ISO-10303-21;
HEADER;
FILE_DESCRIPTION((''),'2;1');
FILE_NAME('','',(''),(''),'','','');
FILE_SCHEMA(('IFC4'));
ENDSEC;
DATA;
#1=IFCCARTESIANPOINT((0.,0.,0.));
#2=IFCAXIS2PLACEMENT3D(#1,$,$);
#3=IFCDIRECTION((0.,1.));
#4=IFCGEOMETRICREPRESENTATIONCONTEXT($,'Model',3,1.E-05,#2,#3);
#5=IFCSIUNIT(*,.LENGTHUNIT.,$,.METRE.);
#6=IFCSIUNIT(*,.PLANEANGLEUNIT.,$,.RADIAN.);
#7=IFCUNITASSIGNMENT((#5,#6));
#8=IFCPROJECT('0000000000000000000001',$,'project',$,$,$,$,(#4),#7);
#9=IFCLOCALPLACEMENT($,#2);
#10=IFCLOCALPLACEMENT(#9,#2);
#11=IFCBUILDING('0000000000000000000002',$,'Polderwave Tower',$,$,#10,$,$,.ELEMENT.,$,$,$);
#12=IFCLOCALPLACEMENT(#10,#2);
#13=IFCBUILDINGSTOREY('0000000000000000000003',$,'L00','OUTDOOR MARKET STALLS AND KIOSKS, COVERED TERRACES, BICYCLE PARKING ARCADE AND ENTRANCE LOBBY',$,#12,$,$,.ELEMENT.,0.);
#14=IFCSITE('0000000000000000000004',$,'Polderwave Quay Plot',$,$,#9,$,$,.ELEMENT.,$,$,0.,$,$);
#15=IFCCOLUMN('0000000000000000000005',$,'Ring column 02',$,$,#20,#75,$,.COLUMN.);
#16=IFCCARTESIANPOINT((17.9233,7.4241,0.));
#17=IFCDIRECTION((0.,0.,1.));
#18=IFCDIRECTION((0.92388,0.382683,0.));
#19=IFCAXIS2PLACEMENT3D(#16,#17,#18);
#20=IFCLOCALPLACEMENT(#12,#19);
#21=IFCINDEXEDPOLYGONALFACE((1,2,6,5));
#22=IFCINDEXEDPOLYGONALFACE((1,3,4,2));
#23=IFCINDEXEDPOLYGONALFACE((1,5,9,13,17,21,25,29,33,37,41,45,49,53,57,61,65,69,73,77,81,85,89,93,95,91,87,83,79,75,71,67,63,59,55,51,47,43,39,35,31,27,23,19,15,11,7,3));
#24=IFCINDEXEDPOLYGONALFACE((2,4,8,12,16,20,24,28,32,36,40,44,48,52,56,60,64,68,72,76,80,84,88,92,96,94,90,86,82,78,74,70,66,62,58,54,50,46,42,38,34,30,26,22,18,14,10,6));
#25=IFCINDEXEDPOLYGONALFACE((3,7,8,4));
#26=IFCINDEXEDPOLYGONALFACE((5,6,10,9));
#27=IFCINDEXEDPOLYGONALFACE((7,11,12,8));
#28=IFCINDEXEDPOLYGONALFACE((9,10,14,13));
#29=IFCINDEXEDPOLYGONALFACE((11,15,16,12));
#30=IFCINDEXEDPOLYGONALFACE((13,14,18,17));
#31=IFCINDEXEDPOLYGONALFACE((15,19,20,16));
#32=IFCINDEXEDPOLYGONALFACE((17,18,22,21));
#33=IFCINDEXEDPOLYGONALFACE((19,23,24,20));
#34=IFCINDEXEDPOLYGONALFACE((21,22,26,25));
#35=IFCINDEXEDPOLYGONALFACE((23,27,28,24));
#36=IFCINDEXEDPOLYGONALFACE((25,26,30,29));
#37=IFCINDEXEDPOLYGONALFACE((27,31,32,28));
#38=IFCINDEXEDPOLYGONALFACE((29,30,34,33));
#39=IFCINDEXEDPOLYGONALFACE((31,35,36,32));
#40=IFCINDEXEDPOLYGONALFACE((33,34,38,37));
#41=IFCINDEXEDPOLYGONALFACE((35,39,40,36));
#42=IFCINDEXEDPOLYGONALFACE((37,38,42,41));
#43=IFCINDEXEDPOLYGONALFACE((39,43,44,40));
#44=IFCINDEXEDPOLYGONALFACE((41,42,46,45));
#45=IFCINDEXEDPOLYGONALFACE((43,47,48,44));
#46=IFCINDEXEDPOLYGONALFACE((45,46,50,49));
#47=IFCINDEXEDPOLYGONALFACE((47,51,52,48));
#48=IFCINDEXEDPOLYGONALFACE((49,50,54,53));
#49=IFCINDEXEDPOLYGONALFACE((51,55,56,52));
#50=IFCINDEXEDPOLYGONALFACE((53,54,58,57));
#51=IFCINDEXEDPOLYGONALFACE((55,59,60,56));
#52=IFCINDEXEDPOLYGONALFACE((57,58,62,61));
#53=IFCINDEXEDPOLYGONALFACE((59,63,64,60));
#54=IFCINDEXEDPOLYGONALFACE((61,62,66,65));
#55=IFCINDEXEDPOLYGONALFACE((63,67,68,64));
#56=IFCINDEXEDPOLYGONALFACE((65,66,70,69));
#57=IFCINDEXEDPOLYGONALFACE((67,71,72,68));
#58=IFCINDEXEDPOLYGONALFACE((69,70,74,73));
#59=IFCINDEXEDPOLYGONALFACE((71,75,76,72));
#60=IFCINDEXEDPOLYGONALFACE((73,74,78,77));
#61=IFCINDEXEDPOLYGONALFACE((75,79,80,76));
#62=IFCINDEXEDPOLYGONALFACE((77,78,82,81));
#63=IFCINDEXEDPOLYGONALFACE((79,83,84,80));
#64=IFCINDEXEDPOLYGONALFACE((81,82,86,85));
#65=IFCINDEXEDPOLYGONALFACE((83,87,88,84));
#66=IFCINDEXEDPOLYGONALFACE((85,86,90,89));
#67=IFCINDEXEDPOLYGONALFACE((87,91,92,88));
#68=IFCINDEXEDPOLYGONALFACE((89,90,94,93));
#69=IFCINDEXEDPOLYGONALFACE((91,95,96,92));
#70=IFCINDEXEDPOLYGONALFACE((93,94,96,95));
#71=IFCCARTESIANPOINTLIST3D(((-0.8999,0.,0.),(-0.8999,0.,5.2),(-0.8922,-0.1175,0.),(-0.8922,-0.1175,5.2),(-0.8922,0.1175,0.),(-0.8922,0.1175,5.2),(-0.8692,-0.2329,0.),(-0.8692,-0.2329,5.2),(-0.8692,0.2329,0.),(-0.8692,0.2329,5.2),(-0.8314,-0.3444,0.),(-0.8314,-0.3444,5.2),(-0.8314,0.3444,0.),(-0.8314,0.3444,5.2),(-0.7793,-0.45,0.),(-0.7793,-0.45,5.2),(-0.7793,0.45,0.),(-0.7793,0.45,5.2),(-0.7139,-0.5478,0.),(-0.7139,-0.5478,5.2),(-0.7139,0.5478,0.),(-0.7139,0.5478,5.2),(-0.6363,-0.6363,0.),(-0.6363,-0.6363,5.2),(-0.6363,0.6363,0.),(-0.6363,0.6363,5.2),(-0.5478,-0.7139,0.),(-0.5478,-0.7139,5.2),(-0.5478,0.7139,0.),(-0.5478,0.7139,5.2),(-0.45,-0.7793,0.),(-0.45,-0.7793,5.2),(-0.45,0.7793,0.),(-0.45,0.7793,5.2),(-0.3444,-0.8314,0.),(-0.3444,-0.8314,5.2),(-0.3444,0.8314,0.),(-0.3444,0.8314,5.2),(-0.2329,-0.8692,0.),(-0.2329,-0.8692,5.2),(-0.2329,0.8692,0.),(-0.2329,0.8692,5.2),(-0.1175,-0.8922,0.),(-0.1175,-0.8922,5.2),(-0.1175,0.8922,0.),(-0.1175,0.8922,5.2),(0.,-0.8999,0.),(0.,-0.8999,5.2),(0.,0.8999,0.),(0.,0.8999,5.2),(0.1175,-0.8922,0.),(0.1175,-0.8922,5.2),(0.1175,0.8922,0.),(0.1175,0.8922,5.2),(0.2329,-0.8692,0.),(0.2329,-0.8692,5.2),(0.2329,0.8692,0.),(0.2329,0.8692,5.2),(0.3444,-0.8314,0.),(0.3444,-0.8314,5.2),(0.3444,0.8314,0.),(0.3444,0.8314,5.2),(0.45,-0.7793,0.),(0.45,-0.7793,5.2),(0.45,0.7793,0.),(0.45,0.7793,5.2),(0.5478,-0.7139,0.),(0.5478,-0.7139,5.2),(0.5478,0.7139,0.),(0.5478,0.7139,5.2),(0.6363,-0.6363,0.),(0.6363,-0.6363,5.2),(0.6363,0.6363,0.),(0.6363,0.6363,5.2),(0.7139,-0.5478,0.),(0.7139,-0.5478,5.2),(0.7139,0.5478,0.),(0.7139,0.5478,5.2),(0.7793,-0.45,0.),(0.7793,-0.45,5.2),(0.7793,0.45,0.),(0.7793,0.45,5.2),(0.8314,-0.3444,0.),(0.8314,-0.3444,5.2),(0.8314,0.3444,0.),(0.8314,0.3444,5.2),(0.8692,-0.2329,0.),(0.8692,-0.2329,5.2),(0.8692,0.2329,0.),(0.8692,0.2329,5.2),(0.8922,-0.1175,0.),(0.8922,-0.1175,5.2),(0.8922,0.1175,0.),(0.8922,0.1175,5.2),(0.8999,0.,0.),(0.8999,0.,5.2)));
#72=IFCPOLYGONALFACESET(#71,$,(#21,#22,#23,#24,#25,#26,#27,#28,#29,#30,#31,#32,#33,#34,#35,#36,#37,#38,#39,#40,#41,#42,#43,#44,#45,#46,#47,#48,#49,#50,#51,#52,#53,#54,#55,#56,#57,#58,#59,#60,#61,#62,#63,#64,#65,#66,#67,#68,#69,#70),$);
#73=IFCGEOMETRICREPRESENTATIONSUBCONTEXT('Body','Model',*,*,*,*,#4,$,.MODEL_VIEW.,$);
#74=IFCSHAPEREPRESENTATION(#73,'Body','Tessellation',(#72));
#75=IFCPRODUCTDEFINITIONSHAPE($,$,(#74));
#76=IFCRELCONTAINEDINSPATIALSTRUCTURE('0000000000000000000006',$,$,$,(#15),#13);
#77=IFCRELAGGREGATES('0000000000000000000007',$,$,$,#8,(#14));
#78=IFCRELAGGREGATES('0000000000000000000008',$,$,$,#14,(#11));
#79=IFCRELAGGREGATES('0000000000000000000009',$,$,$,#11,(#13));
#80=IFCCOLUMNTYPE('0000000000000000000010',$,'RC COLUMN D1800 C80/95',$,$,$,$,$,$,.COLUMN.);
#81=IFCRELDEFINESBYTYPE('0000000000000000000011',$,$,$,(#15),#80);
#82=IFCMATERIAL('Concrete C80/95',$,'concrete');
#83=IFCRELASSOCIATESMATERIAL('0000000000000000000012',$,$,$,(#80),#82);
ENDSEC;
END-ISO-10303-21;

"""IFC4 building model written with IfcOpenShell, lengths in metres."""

from ifc_helpers import new_model, si_unit, direction, frame, origin, origin_2d, place, context, subcontext, project, spatial, circle, extrude, material, material_profile, profile_set, type_object, element, save


model = new_model("IFC4")

# Units and contexts
model_context = context("Model", 3, precision=1e-05, world=origin(), true_north=direction((0.0, 1.0)))
body_context = subcontext(model_context, "Body", "Model", "MODEL_VIEW")
ifc_project = project(units=[si_unit("LENGTHUNIT", "METRE"), si_unit("PLANEANGLEUNIT", "RADIAN")], contexts=[model_context])

# Site, building, storey
site_placement = place(None, origin())
site = spatial("IfcSite", under=ifc_project, at=site_placement, Name="Polderwave Quay Plot", CompositionType="ELEMENT", RefElevation=0.0)
building_placement = place(site_placement, origin())
building = spatial("IfcBuilding", under=site, at=building_placement, Name="Polderwave Tower", CompositionType="ELEMENT")
storey_placement = place(building_placement, origin())
storey = spatial("IfcBuildingStorey", under=building, at=storey_placement, Name="L00", Description="OUTDOOR MARKET STALLS AND KIOSKS, COVERED TERRACES, BICYCLE PARKING ARCADE AND ENTRANCE LOBBY", CompositionType="ELEMENT", Elevation=0.0)

# Column
ifc_material_1 = material(Name="Concrete C80/95", Category="concrete")
ifc_material_profile_1 = material_profile(ifc_material_1, circle(Radius=0.8999, at=origin_2d()), Name="RC D1800")
ifc_profile_set_1 = profile_set([ifc_material_profile_1], Name="Concrete C80/95")
column_type = type_object("IfcColumnType", Name="RC COLUMN D1800 C80/95", PredefinedType="COLUMN", material=ifc_profile_set_1)
column_placement = place(storey_placement, frame((17.9233, 7.4241, 0.0), z_axis=(0.0, 0.0, 1.0), x_axis=(0.92388, 0.382683, 0.0)))
element("IfcColumn", 1, at=column_placement, inside=storey, type_object=column_type, Name="Ring column 02", PredefinedType="COLUMN", context=body_context, shape_type="SweptSolid", body=[
    extrude(circle(Radius=0.8999, at=origin_2d()), origin(), (0.0, 0.0, 1.0), 5.2),
])

save(model, "model.ifc")
